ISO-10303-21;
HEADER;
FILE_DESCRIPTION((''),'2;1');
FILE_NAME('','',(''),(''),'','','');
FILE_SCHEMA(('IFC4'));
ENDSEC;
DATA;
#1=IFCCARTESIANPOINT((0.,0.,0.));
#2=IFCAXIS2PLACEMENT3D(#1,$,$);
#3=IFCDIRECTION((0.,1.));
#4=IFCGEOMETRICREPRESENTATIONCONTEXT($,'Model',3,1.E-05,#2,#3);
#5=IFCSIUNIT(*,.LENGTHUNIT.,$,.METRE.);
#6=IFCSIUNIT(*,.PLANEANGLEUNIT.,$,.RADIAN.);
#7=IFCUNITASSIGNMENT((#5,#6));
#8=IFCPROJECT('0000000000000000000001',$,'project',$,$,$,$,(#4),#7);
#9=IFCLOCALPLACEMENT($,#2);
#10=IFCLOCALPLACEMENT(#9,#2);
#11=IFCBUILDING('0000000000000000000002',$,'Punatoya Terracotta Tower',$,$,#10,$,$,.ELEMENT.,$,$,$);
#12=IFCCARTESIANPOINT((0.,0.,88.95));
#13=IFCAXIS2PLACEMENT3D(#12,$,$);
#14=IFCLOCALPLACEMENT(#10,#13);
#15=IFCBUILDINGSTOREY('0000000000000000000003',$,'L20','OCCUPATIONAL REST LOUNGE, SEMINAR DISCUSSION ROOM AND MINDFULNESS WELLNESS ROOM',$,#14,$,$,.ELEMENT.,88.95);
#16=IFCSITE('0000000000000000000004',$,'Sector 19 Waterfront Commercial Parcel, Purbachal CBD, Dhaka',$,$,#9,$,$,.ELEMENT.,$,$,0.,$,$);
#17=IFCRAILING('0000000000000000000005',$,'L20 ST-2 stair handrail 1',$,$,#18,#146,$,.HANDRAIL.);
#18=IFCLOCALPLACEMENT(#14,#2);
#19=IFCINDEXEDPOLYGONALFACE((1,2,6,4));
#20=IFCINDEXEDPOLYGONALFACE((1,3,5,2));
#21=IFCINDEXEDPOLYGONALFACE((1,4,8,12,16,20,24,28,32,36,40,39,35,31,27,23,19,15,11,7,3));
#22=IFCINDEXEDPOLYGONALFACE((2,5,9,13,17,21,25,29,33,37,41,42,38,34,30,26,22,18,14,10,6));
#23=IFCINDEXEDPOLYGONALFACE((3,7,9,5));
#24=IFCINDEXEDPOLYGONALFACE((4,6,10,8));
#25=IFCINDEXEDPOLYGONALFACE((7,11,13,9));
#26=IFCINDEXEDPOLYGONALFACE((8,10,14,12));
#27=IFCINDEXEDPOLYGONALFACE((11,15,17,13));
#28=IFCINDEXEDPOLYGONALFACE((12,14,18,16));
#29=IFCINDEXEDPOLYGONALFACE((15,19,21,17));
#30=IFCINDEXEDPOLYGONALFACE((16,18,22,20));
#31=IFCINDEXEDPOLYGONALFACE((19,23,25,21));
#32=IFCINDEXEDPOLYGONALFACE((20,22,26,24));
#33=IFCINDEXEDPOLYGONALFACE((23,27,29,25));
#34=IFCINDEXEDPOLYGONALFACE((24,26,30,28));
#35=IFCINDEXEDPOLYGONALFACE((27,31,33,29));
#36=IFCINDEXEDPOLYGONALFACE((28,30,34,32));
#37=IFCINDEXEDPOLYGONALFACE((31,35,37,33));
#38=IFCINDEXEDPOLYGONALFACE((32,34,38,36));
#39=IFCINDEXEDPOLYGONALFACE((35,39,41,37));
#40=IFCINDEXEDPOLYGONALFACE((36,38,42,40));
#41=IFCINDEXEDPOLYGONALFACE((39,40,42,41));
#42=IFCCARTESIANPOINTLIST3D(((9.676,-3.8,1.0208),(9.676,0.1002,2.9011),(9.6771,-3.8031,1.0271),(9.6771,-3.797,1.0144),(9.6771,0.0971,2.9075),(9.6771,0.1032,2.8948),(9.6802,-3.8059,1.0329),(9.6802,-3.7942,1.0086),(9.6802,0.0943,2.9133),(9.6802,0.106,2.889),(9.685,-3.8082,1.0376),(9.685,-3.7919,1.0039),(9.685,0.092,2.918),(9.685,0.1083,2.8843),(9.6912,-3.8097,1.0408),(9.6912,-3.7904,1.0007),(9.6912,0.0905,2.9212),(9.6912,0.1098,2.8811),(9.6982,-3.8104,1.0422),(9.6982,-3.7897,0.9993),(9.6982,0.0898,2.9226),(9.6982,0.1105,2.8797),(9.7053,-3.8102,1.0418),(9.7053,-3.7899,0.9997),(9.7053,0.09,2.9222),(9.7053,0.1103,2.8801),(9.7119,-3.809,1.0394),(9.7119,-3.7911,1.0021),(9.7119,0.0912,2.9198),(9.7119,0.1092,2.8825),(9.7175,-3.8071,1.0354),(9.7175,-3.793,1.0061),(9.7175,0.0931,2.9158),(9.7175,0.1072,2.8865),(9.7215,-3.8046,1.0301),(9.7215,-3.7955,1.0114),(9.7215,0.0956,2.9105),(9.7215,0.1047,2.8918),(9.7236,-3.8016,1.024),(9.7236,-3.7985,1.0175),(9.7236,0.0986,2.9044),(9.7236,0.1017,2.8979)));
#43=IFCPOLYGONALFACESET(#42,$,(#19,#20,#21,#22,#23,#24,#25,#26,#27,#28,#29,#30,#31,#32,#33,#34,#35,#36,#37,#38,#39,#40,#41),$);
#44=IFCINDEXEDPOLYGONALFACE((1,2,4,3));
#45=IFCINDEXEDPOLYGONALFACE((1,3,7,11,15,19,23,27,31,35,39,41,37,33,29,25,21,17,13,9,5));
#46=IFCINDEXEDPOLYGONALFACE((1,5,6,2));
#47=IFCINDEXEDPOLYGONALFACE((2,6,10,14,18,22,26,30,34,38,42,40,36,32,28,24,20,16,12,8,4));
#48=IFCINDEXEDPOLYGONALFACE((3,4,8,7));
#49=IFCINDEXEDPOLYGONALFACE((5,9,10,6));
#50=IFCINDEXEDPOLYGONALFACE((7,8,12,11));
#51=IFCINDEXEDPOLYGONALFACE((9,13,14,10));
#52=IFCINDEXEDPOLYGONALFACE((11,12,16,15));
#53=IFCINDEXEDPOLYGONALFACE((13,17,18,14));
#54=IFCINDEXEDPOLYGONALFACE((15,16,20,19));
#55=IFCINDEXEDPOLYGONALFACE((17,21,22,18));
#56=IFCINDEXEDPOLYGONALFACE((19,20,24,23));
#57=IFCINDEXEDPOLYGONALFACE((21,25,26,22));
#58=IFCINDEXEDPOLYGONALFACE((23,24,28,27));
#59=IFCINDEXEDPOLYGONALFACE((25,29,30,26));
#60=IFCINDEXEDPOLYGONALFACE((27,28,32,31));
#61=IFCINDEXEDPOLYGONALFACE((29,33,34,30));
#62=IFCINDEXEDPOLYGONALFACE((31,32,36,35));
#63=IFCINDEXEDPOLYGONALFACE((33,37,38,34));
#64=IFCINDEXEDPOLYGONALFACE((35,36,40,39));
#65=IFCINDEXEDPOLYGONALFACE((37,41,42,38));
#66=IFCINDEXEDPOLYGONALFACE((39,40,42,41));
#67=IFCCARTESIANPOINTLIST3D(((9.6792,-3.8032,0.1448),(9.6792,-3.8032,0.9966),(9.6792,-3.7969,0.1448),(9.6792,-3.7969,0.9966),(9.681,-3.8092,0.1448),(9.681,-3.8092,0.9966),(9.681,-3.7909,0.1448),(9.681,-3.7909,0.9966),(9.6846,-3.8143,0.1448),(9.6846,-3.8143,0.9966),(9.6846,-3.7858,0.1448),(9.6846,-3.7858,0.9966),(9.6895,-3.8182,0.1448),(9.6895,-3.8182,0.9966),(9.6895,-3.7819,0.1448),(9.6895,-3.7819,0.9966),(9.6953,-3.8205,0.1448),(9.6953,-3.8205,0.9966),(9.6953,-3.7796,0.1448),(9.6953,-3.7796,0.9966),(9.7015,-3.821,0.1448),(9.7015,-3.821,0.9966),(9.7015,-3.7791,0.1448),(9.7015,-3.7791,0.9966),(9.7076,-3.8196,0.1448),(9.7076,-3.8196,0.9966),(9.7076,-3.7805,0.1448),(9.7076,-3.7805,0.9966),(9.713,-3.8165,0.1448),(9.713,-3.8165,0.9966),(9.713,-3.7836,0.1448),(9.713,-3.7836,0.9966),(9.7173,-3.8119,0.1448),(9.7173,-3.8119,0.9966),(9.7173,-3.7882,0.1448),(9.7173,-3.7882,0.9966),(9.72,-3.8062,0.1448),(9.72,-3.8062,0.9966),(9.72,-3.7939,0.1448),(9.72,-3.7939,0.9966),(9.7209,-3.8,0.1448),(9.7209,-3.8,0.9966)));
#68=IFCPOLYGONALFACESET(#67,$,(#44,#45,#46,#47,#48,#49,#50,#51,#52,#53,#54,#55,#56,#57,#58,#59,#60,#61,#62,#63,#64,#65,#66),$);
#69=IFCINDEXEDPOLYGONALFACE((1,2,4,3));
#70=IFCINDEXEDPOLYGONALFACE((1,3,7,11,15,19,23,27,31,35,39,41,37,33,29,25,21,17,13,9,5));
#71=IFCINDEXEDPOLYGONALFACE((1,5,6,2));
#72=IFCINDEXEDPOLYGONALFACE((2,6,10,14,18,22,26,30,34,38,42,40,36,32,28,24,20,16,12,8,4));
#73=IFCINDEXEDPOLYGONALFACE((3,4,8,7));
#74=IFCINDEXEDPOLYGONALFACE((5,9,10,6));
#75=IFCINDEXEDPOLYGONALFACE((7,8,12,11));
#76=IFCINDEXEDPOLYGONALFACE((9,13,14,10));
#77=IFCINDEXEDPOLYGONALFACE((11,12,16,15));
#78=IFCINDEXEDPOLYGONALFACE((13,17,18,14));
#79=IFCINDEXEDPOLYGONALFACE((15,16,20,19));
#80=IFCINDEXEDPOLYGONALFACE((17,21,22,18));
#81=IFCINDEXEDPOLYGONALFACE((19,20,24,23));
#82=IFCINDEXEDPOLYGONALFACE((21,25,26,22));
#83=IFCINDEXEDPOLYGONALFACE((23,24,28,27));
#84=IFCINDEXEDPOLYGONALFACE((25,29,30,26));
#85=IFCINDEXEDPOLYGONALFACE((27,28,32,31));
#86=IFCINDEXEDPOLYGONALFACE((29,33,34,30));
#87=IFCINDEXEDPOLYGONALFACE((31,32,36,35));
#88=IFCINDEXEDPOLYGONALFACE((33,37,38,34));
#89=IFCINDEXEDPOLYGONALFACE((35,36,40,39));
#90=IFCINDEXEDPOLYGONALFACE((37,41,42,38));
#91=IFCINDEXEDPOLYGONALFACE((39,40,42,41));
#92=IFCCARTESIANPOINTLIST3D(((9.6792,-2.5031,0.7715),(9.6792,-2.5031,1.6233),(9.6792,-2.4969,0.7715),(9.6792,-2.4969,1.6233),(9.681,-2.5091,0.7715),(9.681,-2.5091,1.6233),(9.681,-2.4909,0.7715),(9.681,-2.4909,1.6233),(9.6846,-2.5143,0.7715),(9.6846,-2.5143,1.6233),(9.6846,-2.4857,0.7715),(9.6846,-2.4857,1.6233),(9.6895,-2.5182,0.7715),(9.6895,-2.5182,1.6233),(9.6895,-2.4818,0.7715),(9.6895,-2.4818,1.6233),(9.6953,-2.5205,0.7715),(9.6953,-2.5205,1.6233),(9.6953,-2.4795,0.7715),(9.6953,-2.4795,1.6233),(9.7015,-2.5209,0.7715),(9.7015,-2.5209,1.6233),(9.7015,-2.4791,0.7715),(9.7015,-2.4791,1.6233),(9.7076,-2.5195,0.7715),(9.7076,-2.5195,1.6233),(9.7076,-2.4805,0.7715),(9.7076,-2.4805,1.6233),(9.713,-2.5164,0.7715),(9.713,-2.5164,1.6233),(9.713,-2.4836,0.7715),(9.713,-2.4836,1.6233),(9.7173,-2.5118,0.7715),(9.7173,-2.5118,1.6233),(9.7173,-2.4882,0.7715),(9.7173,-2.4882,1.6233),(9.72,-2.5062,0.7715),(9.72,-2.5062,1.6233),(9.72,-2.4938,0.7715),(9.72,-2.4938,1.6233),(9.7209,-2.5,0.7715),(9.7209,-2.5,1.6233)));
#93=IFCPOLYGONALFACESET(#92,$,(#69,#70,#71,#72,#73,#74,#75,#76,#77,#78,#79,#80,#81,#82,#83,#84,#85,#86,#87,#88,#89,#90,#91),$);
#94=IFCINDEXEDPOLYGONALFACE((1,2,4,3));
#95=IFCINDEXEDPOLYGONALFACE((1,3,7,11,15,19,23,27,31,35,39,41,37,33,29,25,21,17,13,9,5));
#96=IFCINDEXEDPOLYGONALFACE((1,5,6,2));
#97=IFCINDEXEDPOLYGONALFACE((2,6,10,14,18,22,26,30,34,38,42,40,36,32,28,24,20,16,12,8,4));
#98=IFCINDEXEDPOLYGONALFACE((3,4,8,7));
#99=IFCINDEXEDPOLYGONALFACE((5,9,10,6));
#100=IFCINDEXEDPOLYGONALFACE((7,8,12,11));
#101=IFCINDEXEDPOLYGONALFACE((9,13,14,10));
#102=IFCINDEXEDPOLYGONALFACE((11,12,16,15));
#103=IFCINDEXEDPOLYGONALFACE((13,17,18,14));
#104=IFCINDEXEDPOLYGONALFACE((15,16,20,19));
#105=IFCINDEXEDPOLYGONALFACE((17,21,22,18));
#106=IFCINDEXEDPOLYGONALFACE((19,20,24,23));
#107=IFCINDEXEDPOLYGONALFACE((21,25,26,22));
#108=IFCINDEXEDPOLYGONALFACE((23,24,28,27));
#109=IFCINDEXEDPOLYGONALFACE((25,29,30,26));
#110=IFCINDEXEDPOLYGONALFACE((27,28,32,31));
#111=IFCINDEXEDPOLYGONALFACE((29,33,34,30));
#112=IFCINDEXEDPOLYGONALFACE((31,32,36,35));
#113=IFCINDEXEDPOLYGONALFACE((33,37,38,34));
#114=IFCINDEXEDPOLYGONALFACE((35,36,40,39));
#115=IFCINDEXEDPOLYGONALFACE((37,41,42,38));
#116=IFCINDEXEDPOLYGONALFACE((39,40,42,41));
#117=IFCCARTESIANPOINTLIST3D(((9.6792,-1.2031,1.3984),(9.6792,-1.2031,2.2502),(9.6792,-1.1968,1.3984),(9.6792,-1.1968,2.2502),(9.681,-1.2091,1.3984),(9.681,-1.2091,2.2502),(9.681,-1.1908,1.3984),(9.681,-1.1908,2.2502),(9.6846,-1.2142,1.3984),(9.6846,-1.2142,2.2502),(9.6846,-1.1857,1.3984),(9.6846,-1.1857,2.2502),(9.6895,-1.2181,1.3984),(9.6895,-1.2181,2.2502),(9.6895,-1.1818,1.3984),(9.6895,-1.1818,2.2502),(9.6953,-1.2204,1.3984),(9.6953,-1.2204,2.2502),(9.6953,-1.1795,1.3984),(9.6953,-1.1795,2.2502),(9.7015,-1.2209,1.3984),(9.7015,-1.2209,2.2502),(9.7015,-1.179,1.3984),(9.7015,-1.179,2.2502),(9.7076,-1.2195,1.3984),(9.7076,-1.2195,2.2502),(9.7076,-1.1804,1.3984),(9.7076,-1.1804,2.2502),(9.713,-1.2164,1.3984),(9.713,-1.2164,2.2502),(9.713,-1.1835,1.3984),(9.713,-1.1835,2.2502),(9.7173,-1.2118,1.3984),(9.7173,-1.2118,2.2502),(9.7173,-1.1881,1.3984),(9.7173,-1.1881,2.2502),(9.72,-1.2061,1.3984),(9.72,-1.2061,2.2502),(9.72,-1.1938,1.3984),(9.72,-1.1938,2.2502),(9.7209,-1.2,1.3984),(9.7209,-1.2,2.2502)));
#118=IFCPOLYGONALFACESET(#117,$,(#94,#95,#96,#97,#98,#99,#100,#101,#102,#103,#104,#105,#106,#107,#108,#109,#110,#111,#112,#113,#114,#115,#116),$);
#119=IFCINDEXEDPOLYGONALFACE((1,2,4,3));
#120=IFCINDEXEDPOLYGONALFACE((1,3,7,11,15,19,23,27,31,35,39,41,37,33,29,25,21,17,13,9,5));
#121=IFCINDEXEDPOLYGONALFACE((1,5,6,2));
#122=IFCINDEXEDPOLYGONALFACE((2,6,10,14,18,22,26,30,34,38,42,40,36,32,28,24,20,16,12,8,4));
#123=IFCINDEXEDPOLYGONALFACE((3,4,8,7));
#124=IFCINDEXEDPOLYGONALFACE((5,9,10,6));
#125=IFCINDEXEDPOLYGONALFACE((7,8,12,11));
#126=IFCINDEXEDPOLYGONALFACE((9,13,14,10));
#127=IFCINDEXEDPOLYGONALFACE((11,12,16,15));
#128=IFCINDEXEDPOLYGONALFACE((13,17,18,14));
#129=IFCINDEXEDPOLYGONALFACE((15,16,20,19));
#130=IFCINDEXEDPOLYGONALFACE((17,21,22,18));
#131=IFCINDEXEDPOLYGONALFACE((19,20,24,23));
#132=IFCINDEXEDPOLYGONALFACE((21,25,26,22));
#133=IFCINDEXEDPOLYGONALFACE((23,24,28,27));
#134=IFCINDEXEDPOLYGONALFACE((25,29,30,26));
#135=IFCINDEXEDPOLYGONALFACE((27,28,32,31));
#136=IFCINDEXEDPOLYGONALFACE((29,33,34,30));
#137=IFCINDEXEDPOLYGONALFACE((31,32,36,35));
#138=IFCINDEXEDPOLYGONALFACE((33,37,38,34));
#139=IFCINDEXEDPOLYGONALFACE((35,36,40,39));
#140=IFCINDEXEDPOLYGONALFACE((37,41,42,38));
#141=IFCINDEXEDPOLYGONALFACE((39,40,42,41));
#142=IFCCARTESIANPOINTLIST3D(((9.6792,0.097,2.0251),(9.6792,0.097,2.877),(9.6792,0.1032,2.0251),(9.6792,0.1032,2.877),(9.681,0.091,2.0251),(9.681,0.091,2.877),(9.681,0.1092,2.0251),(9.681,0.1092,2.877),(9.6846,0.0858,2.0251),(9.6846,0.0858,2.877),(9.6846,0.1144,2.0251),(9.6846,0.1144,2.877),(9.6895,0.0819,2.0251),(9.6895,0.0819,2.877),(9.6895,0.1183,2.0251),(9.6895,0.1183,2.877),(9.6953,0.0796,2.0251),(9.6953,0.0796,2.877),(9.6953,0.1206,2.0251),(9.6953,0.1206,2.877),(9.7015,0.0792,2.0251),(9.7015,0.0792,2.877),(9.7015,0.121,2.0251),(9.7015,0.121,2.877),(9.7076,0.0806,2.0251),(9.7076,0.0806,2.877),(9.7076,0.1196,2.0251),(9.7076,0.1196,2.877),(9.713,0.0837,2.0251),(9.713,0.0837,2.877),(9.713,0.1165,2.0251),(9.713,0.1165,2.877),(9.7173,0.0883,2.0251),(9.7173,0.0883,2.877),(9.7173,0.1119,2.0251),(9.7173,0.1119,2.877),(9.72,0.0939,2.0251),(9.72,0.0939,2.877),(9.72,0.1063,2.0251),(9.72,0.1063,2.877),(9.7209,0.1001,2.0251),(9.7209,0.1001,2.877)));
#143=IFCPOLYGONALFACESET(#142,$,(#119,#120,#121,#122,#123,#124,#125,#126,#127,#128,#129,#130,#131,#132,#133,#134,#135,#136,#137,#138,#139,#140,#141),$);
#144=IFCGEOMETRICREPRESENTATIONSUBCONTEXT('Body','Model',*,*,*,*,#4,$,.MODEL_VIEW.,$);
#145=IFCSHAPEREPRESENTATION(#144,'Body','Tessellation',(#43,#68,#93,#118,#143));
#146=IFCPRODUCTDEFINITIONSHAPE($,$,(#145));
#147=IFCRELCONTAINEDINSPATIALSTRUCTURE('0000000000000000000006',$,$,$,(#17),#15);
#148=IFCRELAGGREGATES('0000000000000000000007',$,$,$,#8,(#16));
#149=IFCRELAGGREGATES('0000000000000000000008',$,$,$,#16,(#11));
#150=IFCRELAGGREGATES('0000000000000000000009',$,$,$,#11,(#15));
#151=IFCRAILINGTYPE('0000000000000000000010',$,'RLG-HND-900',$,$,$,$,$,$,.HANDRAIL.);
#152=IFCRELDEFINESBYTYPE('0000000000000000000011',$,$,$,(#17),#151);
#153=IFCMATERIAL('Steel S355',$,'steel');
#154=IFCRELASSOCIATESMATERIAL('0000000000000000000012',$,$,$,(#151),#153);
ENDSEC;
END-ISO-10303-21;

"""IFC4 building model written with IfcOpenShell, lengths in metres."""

from ifc_helpers import new_model, si_unit, direction, frame, origin, origin_2d, place, context, subcontext, project, spatial, circle, extrude, material, type_object, element, save


model = new_model("IFC4")

# Units and contexts
model_context = context("Model", 3, precision=1e-05, world=origin(), true_north=direction((0.0, 1.0)))
body_context = subcontext(model_context, "Body", "Model", "MODEL_VIEW")
ifc_project = project(units=[si_unit("LENGTHUNIT", "METRE"), si_unit("PLANEANGLEUNIT", "RADIAN")], contexts=[model_context])

# Site, building, storey
site_placement = place(None, origin())
site = spatial("IfcSite", under=ifc_project, at=site_placement, Name="Sector 19 Waterfront Commercial Parcel, Purbachal CBD, Dhaka", CompositionType="ELEMENT", RefElevation=0.0)
building_placement = place(site_placement, origin())
building = spatial("IfcBuilding", under=site, at=building_placement, Name="Punatoya Terracotta Tower", CompositionType="ELEMENT")
storey_placement = place(building_placement, frame((0.0, 0.0, 88.95)))
storey = spatial("IfcBuildingStorey", under=building, at=storey_placement, Name="L20", Description="OCCUPATIONAL REST LOUNGE, SEMINAR DISCUSSION ROOM AND MINDFULNESS WELLNESS ROOM", CompositionType="ELEMENT", Elevation=88.95)

# Shared definitions
ifc_material_1 = material(Name="Steel S355", Category="steel")

# Railing
railing_type_1 = type_object("IfcRailingType", Name="RLG-HND-900", PredefinedType="HANDRAIL", material=ifc_material_1)
railing_1_placement = place(storey_placement, frame((9.7, -3.8, 0.1448)))
element("IfcRailing", 1, at=railing_1_placement, inside=storey, type_object=railing_type_1, Name="L20 ST-2 stair handrail 1", PredefinedType="HANDRAIL", context=body_context, shape_type="SweptSolid", body=[
    extrude(circle(Radius=0.0239, at=origin_2d()), frame((0.0, 0.0, 0.876), z_axis=(0.0, 0.900774, 0.434289), x_axis=(-1.0, 0.0, 0.0)), (0.0, 0.0, 1.0), 4.3298),
    extrude(circle(Radius=0.021, at=origin_2d()), origin(), (0.0, 0.0, 1.0), 0.8518),
    extrude(circle(Radius=0.021, at=origin_2d()), frame((0.0, 1.3, 0.6267)), (0.0, 0.0, 1.0), 0.8518),
    extrude(circle(Radius=0.021, at=origin_2d()), frame((0.0, 2.6001, 1.2537)), (0.0, 0.0, 1.0), 0.8518),
    extrude(circle(Radius=0.021, at=origin_2d()), frame((0.0, 3.9001, 1.8804)), (0.0, 0.0, 1.0), 0.8518),
])

save(model, "model.ifc")
